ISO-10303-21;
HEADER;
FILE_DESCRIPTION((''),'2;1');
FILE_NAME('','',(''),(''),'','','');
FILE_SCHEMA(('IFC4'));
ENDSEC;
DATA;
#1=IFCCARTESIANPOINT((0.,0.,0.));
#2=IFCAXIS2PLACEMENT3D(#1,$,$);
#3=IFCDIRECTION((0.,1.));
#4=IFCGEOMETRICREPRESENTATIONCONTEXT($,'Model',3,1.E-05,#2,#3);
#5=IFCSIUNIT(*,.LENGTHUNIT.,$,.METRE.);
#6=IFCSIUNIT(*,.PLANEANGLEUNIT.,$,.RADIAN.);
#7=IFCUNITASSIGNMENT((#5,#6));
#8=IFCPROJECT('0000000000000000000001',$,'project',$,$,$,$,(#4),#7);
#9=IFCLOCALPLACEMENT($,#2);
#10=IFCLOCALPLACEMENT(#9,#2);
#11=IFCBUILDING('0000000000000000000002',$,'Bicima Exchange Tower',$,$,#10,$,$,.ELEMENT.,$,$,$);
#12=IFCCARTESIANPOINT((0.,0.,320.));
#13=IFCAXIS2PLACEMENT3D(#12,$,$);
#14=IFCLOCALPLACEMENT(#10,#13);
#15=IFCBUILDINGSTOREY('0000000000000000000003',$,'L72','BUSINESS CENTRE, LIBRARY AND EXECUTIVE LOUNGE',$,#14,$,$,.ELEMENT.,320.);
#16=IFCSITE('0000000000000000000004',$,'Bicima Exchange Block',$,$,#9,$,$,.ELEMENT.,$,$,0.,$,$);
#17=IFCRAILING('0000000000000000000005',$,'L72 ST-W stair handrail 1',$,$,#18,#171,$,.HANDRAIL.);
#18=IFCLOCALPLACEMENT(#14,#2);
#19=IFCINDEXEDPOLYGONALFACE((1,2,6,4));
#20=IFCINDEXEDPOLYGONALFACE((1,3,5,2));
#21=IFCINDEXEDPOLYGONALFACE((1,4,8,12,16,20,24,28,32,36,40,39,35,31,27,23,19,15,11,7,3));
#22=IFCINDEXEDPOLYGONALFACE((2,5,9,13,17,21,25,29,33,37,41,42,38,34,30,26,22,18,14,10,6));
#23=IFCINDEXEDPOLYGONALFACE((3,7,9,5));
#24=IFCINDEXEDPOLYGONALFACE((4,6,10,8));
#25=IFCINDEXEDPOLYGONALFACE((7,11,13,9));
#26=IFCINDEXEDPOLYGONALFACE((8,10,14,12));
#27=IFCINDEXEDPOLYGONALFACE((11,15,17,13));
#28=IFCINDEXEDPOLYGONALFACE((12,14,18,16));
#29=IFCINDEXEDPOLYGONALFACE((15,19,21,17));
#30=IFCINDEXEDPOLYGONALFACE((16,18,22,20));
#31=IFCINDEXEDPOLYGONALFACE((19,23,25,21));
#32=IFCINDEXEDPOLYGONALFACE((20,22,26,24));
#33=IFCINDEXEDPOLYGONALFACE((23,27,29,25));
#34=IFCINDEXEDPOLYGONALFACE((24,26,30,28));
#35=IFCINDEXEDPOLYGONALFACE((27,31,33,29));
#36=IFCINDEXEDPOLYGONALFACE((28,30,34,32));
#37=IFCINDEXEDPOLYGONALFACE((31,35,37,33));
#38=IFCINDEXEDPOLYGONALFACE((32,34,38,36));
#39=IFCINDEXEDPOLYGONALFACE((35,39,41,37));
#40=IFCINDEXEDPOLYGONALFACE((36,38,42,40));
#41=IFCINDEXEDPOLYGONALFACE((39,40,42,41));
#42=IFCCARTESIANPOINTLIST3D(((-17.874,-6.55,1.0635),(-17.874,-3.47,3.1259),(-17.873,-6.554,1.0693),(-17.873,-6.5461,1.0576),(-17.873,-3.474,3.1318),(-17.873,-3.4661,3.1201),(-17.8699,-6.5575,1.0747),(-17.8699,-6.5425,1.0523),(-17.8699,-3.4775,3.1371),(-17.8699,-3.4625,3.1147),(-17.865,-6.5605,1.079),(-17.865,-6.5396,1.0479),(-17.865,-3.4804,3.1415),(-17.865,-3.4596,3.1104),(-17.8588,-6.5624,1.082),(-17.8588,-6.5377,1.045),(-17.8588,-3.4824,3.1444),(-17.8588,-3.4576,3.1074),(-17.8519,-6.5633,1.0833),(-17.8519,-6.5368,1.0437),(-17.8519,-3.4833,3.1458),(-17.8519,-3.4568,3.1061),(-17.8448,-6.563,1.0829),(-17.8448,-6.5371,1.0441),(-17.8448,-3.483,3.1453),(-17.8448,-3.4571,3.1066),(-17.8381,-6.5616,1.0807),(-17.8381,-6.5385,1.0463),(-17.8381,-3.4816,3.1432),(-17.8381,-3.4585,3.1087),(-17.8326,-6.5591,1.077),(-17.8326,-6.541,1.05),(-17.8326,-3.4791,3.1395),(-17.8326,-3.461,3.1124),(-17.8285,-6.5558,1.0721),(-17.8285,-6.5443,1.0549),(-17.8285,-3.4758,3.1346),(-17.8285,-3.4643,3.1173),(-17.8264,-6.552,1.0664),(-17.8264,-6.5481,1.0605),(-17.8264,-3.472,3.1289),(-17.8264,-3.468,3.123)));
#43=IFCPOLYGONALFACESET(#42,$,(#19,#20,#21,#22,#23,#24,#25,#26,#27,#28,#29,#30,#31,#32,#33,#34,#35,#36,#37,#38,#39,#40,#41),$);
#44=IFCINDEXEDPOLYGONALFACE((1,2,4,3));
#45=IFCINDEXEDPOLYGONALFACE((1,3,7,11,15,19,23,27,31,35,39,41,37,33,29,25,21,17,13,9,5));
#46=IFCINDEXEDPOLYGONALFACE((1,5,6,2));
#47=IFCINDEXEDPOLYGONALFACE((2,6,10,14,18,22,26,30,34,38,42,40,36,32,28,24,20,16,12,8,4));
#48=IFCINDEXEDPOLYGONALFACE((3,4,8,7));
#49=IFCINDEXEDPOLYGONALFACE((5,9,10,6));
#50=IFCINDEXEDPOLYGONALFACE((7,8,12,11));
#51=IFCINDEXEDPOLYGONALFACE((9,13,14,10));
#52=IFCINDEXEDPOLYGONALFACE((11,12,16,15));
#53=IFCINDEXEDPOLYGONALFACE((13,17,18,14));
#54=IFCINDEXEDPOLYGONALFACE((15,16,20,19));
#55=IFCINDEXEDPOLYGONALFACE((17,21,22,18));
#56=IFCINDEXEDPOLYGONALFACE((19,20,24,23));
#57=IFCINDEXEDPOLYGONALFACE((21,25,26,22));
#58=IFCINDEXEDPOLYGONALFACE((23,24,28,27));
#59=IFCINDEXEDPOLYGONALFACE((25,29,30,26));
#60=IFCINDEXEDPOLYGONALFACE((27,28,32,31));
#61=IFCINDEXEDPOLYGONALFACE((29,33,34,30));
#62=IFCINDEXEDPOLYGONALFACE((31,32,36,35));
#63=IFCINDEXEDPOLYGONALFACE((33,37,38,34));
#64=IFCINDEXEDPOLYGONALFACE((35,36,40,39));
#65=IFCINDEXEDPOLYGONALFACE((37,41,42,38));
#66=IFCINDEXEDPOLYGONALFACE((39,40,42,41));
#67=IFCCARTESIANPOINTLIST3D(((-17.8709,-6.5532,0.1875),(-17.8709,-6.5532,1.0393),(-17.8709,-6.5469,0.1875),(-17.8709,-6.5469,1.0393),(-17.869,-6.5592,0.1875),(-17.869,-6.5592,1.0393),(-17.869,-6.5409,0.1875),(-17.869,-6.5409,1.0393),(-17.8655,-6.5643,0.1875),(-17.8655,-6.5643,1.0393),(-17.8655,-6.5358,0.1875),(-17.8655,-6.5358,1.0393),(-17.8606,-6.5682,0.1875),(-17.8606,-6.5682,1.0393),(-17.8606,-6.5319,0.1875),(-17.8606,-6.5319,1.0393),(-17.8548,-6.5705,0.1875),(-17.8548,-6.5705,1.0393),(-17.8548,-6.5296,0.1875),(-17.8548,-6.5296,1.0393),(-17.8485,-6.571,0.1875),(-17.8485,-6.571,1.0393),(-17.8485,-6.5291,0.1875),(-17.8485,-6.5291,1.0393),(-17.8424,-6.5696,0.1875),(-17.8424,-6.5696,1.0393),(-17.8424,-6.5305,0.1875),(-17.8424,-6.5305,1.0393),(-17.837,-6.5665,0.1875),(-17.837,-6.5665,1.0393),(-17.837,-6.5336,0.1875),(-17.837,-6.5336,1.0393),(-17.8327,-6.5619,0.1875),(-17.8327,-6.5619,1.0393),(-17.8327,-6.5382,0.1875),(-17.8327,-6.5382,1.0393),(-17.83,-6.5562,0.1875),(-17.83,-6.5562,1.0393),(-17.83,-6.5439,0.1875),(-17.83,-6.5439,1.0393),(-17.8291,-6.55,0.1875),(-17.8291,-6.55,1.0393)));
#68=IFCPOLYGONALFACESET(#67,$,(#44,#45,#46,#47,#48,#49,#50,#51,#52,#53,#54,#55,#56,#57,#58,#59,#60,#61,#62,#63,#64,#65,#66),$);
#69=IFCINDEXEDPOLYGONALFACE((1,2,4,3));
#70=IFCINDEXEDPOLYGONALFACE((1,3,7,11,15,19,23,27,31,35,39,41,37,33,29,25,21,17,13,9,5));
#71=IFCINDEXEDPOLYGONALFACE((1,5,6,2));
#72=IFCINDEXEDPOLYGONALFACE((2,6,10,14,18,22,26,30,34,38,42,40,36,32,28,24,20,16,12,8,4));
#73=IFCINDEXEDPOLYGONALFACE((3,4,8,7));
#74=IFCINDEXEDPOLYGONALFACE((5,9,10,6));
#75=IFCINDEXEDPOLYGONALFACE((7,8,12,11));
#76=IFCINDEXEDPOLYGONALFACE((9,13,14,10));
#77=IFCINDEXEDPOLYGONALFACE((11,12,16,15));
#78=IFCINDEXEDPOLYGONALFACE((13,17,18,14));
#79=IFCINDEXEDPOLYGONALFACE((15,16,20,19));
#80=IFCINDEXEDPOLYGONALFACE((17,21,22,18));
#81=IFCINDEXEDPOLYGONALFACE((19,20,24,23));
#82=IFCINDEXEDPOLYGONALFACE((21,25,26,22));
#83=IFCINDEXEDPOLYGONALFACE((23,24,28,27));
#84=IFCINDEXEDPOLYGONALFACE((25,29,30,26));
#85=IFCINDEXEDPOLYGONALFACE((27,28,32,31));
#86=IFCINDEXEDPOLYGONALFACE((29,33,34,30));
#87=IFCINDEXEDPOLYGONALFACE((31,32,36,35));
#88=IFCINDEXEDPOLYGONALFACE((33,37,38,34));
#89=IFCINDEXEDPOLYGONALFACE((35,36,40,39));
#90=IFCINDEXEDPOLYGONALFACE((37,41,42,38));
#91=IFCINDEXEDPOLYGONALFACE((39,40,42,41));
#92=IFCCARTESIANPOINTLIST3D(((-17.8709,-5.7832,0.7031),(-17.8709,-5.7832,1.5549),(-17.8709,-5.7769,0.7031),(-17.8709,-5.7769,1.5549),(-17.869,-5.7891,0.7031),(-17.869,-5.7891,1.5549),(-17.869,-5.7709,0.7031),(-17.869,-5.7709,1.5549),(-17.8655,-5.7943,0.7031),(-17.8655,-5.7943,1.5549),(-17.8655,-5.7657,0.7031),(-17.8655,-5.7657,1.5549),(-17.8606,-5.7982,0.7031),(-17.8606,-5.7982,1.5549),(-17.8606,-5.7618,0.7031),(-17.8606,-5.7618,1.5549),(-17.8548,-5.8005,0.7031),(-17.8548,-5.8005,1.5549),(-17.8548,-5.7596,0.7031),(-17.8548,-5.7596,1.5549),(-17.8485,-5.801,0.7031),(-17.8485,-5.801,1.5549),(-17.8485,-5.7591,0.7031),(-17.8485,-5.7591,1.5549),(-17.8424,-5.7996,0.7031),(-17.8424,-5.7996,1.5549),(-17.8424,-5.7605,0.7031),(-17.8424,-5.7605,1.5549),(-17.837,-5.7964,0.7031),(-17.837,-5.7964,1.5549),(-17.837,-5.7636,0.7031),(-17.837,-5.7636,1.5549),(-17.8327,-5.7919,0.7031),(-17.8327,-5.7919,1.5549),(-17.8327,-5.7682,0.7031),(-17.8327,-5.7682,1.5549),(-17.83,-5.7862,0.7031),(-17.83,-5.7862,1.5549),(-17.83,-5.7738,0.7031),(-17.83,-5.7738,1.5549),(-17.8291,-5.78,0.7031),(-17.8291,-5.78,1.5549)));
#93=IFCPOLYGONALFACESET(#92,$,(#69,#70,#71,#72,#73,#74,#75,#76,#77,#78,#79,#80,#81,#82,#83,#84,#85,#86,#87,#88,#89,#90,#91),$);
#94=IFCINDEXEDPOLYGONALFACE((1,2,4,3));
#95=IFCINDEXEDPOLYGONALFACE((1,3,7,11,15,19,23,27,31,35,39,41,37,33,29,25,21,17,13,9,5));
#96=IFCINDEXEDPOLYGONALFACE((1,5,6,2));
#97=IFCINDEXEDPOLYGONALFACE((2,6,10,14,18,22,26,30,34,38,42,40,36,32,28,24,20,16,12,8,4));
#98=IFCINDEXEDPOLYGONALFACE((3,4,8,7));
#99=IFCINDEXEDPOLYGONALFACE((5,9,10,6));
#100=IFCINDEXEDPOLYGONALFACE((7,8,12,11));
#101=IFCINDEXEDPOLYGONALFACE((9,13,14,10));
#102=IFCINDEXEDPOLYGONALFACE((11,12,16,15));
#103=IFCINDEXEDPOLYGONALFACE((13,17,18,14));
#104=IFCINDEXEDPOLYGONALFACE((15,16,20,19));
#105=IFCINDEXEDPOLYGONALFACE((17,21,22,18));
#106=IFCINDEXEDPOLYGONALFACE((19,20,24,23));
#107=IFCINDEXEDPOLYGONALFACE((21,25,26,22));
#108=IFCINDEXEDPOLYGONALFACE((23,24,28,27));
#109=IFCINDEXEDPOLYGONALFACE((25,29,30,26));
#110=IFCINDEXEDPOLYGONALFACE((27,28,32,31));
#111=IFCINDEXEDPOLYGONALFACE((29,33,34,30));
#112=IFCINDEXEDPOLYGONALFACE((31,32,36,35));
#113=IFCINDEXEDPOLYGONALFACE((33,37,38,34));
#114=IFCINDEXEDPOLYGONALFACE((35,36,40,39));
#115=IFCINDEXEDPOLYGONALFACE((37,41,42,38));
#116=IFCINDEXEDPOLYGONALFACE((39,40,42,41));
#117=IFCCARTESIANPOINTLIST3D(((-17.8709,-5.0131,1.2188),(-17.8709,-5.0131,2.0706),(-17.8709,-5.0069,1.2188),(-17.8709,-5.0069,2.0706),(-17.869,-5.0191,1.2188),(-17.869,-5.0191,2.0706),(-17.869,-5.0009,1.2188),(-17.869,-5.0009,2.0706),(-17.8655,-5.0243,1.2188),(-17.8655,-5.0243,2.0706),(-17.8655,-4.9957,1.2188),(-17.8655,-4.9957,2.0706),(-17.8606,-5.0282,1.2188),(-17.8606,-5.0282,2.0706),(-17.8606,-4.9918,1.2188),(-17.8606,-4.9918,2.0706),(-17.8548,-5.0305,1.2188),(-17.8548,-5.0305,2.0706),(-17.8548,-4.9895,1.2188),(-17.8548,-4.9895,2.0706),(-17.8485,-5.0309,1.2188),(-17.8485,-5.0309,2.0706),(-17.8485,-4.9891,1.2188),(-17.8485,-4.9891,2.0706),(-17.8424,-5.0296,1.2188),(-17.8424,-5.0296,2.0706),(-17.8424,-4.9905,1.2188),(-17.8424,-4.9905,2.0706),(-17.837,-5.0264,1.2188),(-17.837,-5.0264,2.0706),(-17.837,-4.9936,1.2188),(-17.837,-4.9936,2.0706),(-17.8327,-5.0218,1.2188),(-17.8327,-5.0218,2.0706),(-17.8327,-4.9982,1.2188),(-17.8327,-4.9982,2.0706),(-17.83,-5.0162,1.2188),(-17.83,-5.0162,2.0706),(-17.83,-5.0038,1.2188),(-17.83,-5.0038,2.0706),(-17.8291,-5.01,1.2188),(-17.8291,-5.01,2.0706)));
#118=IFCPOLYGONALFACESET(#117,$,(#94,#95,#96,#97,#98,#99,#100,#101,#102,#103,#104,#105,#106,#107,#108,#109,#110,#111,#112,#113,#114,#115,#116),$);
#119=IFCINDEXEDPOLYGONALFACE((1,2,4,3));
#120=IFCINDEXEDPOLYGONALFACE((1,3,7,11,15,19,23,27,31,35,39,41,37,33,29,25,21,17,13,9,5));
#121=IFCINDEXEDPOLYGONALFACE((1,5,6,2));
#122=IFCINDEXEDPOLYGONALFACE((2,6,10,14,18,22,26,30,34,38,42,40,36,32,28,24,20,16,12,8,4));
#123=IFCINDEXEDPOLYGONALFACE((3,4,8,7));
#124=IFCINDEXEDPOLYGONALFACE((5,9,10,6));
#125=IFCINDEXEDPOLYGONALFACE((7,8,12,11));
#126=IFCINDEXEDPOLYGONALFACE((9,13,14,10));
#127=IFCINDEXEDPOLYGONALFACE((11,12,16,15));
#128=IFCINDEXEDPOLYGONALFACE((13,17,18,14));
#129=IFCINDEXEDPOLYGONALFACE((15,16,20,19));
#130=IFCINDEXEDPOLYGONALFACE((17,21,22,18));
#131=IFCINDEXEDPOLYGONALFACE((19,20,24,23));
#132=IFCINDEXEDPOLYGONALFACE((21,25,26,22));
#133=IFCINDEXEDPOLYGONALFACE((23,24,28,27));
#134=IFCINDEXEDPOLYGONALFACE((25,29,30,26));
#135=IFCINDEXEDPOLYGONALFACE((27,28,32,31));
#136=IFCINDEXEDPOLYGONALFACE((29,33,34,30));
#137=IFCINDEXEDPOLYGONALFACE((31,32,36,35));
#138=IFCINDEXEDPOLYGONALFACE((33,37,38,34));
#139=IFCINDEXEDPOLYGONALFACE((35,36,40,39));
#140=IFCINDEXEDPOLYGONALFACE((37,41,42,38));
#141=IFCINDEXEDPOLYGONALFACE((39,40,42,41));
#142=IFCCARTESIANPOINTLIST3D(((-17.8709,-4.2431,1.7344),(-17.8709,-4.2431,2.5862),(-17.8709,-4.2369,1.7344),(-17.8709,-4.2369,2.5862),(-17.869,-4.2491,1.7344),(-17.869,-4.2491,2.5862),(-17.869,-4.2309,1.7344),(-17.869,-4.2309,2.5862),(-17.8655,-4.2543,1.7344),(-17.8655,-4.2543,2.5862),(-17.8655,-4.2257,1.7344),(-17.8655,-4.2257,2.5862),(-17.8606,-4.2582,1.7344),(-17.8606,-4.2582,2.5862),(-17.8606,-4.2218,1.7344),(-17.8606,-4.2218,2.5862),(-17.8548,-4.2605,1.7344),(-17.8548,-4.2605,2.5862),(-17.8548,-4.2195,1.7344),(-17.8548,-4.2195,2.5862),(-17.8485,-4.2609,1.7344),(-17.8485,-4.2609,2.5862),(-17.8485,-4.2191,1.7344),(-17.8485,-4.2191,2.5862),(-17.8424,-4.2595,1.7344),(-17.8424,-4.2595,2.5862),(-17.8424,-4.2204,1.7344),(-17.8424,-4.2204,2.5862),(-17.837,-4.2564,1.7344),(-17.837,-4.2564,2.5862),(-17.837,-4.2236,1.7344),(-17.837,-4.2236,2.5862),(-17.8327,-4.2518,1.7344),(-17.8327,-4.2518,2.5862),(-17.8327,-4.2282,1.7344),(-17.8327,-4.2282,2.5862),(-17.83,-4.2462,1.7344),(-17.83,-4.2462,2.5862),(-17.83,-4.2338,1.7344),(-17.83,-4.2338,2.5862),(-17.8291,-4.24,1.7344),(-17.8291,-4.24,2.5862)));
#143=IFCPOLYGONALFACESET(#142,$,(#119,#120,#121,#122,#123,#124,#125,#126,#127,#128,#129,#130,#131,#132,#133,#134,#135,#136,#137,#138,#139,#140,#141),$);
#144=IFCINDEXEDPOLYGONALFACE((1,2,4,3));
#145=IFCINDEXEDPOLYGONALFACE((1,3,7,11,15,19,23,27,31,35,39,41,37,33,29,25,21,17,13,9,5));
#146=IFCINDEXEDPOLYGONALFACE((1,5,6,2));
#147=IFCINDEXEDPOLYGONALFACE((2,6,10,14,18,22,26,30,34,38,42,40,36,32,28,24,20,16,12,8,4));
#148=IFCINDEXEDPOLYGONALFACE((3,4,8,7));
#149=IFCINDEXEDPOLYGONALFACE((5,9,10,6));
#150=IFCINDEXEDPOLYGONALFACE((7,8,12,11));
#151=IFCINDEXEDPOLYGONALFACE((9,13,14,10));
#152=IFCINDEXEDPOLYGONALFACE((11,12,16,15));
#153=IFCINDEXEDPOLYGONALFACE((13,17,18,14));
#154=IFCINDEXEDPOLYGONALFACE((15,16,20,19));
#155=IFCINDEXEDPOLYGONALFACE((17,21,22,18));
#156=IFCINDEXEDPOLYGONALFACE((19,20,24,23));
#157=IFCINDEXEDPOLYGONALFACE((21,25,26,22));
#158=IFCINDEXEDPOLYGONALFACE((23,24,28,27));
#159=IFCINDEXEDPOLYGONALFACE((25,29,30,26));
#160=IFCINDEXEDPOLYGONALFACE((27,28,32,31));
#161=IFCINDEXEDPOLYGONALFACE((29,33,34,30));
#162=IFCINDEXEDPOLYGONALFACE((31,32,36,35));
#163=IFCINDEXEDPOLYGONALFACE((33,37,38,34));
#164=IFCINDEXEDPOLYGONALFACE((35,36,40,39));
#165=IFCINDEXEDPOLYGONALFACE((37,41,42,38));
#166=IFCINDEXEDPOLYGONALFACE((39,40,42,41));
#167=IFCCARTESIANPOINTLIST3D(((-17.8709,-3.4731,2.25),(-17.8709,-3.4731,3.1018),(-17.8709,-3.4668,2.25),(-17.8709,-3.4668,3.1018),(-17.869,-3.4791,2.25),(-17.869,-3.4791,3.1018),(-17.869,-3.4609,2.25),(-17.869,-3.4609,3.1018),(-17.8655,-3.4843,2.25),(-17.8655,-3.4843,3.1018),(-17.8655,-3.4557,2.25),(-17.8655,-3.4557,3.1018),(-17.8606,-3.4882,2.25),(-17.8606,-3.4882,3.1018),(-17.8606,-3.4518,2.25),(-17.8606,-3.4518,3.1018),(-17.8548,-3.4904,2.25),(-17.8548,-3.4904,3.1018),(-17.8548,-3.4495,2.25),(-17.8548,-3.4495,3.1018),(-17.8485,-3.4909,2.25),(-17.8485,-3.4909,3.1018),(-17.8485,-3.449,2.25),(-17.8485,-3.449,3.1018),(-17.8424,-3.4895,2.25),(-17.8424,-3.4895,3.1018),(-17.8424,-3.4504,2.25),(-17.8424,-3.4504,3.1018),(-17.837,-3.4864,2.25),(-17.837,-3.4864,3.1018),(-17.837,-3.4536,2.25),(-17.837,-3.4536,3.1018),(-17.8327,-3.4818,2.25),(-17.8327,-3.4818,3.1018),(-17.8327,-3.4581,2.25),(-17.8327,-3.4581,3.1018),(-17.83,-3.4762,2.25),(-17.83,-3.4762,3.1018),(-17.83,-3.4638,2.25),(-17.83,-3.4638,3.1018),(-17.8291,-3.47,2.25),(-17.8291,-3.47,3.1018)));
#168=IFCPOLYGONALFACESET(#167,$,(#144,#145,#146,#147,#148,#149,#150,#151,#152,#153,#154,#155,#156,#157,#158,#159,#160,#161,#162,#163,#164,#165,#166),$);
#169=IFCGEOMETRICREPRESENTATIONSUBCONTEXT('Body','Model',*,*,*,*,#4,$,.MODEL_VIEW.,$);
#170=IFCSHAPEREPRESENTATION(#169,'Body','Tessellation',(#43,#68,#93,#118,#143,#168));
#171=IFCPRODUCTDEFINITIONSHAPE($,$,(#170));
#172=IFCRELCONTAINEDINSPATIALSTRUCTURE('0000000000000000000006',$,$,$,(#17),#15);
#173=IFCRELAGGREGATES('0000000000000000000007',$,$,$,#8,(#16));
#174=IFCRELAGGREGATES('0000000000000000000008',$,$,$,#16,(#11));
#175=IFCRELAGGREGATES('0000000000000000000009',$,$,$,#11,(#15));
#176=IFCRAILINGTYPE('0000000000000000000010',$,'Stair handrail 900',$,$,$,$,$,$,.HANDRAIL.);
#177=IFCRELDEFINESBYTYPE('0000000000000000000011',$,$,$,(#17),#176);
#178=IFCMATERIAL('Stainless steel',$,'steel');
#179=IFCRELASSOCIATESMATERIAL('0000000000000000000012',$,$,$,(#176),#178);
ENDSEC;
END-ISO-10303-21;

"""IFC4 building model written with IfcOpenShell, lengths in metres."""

from ifc_helpers import new_model, si_unit, direction, frame, origin, origin_2d, place, context, subcontext, project, spatial, circle, extrude, material, type_object, element, save


model = new_model("IFC4")

# Units and contexts
model_context = context("Model", 3, precision=1e-05, world=origin(), true_north=direction((0.0, 1.0)))
body_context = subcontext(model_context, "Body", "Model", "MODEL_VIEW")
ifc_project = project(units=[si_unit("LENGTHUNIT", "METRE"), si_unit("PLANEANGLEUNIT", "RADIAN")], contexts=[model_context])

# Site, building, storey
site_placement = place(None, origin())
site = spatial("IfcSite", under=ifc_project, at=site_placement, Name="Bicima Exchange Block", CompositionType="ELEMENT", RefElevation=0.0)
building_placement = place(site_placement, origin())
building = spatial("IfcBuilding", under=site, at=building_placement, Name="Bicima Exchange Tower", CompositionType="ELEMENT")
storey_placement = place(building_placement, frame((0.0, 0.0, 320.0)))
storey = spatial("IfcBuildingStorey", under=building, at=storey_placement, Name="L72", Description="BUSINESS CENTRE, LIBRARY AND EXECUTIVE LOUNGE", CompositionType="ELEMENT", Elevation=320.0)

# Shared definitions
ifc_material_1 = material(Name="Stainless steel", Category="steel")

# Railing
railing_type_1 = type_object("IfcRailingType", Name="Stair handrail 900", PredefinedType="HANDRAIL", material=ifc_material_1)
railing_1_placement = place(storey_placement, frame((-17.8501, -6.55, 0.1875)))
element("IfcRailing", 1, at=railing_1_placement, inside=storey, type_object=railing_type_1, Name="L72 ST-W stair handrail 1", PredefinedType="HANDRAIL", context=body_context, shape_type="SweptSolid", body=[
    extrude(circle(Radius=0.0239, at=origin_2d()), frame((0.0, 0.0, 0.876), z_axis=(0.0, 0.830914, 0.556401), x_axis=(-1.0, 0.0, 0.0)), (0.0, 0.0, 1.0), 3.7068),
    extrude(circle(Radius=0.021, at=origin_2d()), origin(), (0.0, 0.0, 1.0), 0.8518),
    extrude(circle(Radius=0.021, at=origin_2d()), frame((0.0, 0.77, 0.5156)), (0.0, 0.0, 1.0), 0.8518),
    extrude(circle(Radius=0.021, at=origin_2d()), frame((0.0, 1.54, 1.0312)), (0.0, 0.0, 1.0), 0.8518),
    extrude(circle(Radius=0.021, at=origin_2d()), frame((0.0, 2.3101, 1.5469)), (0.0, 0.0, 1.0), 0.8518),
    extrude(circle(Radius=0.021, at=origin_2d()), frame((0.0, 3.0801, 2.0625)), (0.0, 0.0, 1.0), 0.8518),
])

save(model, "model.ifc")
